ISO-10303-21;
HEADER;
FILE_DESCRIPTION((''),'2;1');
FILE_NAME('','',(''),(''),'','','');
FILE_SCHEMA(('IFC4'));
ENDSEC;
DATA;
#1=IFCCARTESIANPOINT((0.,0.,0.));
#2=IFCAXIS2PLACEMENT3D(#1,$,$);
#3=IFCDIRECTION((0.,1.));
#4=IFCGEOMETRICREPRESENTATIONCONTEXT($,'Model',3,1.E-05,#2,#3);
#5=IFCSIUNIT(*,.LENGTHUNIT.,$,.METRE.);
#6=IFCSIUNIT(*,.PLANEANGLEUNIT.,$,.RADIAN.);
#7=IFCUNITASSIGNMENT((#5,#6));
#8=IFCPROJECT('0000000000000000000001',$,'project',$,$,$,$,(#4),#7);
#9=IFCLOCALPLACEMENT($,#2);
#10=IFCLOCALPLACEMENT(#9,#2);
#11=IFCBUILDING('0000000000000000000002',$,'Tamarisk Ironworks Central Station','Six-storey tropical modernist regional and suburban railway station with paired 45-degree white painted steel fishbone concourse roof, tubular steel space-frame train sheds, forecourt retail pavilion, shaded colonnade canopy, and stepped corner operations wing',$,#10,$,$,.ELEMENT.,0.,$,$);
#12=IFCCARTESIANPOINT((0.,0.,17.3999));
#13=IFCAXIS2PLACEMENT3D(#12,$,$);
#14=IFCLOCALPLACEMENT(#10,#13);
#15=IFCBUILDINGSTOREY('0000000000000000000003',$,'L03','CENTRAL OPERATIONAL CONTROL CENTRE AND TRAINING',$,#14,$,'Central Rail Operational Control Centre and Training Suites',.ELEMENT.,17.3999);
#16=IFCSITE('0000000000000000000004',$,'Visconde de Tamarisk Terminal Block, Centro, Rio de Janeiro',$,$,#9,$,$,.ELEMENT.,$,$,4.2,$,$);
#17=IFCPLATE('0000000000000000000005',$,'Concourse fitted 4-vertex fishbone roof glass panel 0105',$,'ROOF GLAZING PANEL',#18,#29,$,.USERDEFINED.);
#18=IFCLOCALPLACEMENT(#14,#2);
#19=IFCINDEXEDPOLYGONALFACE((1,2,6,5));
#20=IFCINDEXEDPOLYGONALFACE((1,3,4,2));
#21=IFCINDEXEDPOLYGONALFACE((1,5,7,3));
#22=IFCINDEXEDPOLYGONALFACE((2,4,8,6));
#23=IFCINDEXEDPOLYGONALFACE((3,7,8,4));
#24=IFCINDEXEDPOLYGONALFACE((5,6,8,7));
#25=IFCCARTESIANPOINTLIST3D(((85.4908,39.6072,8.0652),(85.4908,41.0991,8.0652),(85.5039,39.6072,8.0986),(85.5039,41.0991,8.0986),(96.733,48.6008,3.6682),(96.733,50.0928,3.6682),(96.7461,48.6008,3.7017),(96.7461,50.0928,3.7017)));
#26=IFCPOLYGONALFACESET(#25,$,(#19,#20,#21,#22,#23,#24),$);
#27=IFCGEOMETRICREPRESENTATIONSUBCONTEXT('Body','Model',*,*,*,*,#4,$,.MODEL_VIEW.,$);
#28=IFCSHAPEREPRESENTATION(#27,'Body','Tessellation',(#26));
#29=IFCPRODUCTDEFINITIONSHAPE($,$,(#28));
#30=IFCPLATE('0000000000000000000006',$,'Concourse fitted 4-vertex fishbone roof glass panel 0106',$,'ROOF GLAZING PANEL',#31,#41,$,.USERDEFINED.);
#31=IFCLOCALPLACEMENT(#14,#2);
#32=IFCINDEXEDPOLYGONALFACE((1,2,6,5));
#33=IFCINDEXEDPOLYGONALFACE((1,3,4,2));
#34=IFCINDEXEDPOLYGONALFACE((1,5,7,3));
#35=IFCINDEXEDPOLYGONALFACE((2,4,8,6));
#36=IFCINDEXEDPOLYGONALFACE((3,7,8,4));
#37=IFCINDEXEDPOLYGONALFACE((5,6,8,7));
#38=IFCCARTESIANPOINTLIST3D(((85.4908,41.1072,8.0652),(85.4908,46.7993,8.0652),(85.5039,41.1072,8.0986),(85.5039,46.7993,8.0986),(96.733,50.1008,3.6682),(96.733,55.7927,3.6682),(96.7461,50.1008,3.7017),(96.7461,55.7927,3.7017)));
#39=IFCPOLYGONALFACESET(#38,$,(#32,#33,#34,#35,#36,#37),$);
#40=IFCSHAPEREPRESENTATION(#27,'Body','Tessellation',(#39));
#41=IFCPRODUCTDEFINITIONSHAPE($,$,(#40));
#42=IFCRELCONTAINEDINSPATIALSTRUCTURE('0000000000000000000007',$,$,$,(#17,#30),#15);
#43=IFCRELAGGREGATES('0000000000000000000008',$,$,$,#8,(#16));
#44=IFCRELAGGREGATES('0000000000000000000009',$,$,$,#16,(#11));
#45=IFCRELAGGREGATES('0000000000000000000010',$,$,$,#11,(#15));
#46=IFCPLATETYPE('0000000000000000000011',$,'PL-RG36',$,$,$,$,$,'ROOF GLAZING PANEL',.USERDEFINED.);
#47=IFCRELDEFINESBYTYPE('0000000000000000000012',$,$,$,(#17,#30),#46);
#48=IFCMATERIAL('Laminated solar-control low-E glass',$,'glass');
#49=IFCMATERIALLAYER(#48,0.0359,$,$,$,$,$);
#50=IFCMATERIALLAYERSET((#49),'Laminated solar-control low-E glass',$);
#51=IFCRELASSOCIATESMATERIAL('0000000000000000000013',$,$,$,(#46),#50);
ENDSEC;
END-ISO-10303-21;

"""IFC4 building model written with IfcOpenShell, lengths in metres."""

from ifc_helpers import new_model, si_unit, direction, frame, origin, place, context, subcontext, project, spatial, polyline, outline, extrude, material, layer, layer_set, type_object, element, save


model = new_model("IFC4")

# Units and contexts
model_context = context("Model", 3, precision=1e-05, world=origin(), true_north=direction((0.0, 1.0)))
body_context = subcontext(model_context, "Body", "Model", "MODEL_VIEW")
ifc_project = project(units=[si_unit("LENGTHUNIT", "METRE"), si_unit("PLANEANGLEUNIT", "RADIAN")], contexts=[model_context])

# Site, building, storey
site_placement = place(None, origin())
site = spatial("IfcSite", under=ifc_project, at=site_placement, Name="Visconde de Tamarisk Terminal Block, Centro, Rio de Janeiro", CompositionType="ELEMENT", RefElevation=4.2)
building_placement = place(site_placement, origin())
building = spatial("IfcBuilding", under=site, at=building_placement, Name="Tamarisk Ironworks Central Station", Description="Six-storey tropical modernist regional and suburban railway station with paired 45-degree white painted steel fishbone concourse roof, tubular steel space-frame train sheds, forecourt retail pavilion, shaded colonnade canopy, and stepped corner operations wing", CompositionType="ELEMENT", ElevationOfRefHeight=0.0)
storey_placement = place(building_placement, frame((0.0, 0.0, 17.3999)))
storey = spatial("IfcBuildingStorey", under=building, at=storey_placement, Name="L03", Description="CENTRAL OPERATIONAL CONTROL CENTRE AND TRAINING", LongName="Central Rail Operational Control Centre and Training Suites", CompositionType="ELEMENT", Elevation=17.3999)

# Plates
ifc_material_1 = material(Name="Laminated solar-control low-E glass", Category="glass")
ifc_layer_1 = layer(ifc_material_1, 0.0359)
ifc_layer_set_1 = layer_set([ifc_layer_1], Name="Laminated solar-control low-E glass")
plate_type_1 = type_object("IfcPlateType", Name="PL-RG36", ElementType="ROOF GLAZING PANEL", PredefinedType="USERDEFINED", material=ifc_layer_set_1)
plate_1_placement = place(storey_placement, frame((96.7461, 48.6008, 3.7017), z_axis=(0.364245, 0.0, 0.931303), x_axis=(0.0, 1.0, 0.0)))
element("IfcPlate", 1, at=plate_1_placement, inside=storey, type_object=plate_type_1, Name="Concourse fitted 4-vertex fishbone roof glass panel 0105", ObjectType="ROOF GLAZING PANEL", PredefinedType="USERDEFINED", context=body_context, shape_type="SweptSolid", body=[
    extrude(outline(polyline([(0.0, 0.0), (1.4919, 0.0), (-7.5017, 12.0715), (-8.9937, 12.0715), (0.0, 0.0)])), origin(), (0.0, 0.0, -1.0), 0.0359),
])
plate_2_placement = place(storey_placement, frame((96.7461, 50.1008, 3.7017), z_axis=(0.364245, 0.0, 0.931303), x_axis=(0.0, 1.0, 0.0)))
element("IfcPlate", 2, at=plate_2_placement, inside=storey, type_object=plate_type_1, Name="Concourse fitted 4-vertex fishbone roof glass panel 0106", ObjectType="ROOF GLAZING PANEL", PredefinedType="USERDEFINED", context=body_context, shape_type="SweptSolid", body=[
    extrude(outline(polyline([(0.0, 0.0), (5.6919, 0.0), (-3.3015, 12.0715), (-8.9937, 12.0715), (0.0, 0.0)])), origin(), (0.0, 0.0, -1.0), 0.0359),
])

save(model, "model.ifc")
